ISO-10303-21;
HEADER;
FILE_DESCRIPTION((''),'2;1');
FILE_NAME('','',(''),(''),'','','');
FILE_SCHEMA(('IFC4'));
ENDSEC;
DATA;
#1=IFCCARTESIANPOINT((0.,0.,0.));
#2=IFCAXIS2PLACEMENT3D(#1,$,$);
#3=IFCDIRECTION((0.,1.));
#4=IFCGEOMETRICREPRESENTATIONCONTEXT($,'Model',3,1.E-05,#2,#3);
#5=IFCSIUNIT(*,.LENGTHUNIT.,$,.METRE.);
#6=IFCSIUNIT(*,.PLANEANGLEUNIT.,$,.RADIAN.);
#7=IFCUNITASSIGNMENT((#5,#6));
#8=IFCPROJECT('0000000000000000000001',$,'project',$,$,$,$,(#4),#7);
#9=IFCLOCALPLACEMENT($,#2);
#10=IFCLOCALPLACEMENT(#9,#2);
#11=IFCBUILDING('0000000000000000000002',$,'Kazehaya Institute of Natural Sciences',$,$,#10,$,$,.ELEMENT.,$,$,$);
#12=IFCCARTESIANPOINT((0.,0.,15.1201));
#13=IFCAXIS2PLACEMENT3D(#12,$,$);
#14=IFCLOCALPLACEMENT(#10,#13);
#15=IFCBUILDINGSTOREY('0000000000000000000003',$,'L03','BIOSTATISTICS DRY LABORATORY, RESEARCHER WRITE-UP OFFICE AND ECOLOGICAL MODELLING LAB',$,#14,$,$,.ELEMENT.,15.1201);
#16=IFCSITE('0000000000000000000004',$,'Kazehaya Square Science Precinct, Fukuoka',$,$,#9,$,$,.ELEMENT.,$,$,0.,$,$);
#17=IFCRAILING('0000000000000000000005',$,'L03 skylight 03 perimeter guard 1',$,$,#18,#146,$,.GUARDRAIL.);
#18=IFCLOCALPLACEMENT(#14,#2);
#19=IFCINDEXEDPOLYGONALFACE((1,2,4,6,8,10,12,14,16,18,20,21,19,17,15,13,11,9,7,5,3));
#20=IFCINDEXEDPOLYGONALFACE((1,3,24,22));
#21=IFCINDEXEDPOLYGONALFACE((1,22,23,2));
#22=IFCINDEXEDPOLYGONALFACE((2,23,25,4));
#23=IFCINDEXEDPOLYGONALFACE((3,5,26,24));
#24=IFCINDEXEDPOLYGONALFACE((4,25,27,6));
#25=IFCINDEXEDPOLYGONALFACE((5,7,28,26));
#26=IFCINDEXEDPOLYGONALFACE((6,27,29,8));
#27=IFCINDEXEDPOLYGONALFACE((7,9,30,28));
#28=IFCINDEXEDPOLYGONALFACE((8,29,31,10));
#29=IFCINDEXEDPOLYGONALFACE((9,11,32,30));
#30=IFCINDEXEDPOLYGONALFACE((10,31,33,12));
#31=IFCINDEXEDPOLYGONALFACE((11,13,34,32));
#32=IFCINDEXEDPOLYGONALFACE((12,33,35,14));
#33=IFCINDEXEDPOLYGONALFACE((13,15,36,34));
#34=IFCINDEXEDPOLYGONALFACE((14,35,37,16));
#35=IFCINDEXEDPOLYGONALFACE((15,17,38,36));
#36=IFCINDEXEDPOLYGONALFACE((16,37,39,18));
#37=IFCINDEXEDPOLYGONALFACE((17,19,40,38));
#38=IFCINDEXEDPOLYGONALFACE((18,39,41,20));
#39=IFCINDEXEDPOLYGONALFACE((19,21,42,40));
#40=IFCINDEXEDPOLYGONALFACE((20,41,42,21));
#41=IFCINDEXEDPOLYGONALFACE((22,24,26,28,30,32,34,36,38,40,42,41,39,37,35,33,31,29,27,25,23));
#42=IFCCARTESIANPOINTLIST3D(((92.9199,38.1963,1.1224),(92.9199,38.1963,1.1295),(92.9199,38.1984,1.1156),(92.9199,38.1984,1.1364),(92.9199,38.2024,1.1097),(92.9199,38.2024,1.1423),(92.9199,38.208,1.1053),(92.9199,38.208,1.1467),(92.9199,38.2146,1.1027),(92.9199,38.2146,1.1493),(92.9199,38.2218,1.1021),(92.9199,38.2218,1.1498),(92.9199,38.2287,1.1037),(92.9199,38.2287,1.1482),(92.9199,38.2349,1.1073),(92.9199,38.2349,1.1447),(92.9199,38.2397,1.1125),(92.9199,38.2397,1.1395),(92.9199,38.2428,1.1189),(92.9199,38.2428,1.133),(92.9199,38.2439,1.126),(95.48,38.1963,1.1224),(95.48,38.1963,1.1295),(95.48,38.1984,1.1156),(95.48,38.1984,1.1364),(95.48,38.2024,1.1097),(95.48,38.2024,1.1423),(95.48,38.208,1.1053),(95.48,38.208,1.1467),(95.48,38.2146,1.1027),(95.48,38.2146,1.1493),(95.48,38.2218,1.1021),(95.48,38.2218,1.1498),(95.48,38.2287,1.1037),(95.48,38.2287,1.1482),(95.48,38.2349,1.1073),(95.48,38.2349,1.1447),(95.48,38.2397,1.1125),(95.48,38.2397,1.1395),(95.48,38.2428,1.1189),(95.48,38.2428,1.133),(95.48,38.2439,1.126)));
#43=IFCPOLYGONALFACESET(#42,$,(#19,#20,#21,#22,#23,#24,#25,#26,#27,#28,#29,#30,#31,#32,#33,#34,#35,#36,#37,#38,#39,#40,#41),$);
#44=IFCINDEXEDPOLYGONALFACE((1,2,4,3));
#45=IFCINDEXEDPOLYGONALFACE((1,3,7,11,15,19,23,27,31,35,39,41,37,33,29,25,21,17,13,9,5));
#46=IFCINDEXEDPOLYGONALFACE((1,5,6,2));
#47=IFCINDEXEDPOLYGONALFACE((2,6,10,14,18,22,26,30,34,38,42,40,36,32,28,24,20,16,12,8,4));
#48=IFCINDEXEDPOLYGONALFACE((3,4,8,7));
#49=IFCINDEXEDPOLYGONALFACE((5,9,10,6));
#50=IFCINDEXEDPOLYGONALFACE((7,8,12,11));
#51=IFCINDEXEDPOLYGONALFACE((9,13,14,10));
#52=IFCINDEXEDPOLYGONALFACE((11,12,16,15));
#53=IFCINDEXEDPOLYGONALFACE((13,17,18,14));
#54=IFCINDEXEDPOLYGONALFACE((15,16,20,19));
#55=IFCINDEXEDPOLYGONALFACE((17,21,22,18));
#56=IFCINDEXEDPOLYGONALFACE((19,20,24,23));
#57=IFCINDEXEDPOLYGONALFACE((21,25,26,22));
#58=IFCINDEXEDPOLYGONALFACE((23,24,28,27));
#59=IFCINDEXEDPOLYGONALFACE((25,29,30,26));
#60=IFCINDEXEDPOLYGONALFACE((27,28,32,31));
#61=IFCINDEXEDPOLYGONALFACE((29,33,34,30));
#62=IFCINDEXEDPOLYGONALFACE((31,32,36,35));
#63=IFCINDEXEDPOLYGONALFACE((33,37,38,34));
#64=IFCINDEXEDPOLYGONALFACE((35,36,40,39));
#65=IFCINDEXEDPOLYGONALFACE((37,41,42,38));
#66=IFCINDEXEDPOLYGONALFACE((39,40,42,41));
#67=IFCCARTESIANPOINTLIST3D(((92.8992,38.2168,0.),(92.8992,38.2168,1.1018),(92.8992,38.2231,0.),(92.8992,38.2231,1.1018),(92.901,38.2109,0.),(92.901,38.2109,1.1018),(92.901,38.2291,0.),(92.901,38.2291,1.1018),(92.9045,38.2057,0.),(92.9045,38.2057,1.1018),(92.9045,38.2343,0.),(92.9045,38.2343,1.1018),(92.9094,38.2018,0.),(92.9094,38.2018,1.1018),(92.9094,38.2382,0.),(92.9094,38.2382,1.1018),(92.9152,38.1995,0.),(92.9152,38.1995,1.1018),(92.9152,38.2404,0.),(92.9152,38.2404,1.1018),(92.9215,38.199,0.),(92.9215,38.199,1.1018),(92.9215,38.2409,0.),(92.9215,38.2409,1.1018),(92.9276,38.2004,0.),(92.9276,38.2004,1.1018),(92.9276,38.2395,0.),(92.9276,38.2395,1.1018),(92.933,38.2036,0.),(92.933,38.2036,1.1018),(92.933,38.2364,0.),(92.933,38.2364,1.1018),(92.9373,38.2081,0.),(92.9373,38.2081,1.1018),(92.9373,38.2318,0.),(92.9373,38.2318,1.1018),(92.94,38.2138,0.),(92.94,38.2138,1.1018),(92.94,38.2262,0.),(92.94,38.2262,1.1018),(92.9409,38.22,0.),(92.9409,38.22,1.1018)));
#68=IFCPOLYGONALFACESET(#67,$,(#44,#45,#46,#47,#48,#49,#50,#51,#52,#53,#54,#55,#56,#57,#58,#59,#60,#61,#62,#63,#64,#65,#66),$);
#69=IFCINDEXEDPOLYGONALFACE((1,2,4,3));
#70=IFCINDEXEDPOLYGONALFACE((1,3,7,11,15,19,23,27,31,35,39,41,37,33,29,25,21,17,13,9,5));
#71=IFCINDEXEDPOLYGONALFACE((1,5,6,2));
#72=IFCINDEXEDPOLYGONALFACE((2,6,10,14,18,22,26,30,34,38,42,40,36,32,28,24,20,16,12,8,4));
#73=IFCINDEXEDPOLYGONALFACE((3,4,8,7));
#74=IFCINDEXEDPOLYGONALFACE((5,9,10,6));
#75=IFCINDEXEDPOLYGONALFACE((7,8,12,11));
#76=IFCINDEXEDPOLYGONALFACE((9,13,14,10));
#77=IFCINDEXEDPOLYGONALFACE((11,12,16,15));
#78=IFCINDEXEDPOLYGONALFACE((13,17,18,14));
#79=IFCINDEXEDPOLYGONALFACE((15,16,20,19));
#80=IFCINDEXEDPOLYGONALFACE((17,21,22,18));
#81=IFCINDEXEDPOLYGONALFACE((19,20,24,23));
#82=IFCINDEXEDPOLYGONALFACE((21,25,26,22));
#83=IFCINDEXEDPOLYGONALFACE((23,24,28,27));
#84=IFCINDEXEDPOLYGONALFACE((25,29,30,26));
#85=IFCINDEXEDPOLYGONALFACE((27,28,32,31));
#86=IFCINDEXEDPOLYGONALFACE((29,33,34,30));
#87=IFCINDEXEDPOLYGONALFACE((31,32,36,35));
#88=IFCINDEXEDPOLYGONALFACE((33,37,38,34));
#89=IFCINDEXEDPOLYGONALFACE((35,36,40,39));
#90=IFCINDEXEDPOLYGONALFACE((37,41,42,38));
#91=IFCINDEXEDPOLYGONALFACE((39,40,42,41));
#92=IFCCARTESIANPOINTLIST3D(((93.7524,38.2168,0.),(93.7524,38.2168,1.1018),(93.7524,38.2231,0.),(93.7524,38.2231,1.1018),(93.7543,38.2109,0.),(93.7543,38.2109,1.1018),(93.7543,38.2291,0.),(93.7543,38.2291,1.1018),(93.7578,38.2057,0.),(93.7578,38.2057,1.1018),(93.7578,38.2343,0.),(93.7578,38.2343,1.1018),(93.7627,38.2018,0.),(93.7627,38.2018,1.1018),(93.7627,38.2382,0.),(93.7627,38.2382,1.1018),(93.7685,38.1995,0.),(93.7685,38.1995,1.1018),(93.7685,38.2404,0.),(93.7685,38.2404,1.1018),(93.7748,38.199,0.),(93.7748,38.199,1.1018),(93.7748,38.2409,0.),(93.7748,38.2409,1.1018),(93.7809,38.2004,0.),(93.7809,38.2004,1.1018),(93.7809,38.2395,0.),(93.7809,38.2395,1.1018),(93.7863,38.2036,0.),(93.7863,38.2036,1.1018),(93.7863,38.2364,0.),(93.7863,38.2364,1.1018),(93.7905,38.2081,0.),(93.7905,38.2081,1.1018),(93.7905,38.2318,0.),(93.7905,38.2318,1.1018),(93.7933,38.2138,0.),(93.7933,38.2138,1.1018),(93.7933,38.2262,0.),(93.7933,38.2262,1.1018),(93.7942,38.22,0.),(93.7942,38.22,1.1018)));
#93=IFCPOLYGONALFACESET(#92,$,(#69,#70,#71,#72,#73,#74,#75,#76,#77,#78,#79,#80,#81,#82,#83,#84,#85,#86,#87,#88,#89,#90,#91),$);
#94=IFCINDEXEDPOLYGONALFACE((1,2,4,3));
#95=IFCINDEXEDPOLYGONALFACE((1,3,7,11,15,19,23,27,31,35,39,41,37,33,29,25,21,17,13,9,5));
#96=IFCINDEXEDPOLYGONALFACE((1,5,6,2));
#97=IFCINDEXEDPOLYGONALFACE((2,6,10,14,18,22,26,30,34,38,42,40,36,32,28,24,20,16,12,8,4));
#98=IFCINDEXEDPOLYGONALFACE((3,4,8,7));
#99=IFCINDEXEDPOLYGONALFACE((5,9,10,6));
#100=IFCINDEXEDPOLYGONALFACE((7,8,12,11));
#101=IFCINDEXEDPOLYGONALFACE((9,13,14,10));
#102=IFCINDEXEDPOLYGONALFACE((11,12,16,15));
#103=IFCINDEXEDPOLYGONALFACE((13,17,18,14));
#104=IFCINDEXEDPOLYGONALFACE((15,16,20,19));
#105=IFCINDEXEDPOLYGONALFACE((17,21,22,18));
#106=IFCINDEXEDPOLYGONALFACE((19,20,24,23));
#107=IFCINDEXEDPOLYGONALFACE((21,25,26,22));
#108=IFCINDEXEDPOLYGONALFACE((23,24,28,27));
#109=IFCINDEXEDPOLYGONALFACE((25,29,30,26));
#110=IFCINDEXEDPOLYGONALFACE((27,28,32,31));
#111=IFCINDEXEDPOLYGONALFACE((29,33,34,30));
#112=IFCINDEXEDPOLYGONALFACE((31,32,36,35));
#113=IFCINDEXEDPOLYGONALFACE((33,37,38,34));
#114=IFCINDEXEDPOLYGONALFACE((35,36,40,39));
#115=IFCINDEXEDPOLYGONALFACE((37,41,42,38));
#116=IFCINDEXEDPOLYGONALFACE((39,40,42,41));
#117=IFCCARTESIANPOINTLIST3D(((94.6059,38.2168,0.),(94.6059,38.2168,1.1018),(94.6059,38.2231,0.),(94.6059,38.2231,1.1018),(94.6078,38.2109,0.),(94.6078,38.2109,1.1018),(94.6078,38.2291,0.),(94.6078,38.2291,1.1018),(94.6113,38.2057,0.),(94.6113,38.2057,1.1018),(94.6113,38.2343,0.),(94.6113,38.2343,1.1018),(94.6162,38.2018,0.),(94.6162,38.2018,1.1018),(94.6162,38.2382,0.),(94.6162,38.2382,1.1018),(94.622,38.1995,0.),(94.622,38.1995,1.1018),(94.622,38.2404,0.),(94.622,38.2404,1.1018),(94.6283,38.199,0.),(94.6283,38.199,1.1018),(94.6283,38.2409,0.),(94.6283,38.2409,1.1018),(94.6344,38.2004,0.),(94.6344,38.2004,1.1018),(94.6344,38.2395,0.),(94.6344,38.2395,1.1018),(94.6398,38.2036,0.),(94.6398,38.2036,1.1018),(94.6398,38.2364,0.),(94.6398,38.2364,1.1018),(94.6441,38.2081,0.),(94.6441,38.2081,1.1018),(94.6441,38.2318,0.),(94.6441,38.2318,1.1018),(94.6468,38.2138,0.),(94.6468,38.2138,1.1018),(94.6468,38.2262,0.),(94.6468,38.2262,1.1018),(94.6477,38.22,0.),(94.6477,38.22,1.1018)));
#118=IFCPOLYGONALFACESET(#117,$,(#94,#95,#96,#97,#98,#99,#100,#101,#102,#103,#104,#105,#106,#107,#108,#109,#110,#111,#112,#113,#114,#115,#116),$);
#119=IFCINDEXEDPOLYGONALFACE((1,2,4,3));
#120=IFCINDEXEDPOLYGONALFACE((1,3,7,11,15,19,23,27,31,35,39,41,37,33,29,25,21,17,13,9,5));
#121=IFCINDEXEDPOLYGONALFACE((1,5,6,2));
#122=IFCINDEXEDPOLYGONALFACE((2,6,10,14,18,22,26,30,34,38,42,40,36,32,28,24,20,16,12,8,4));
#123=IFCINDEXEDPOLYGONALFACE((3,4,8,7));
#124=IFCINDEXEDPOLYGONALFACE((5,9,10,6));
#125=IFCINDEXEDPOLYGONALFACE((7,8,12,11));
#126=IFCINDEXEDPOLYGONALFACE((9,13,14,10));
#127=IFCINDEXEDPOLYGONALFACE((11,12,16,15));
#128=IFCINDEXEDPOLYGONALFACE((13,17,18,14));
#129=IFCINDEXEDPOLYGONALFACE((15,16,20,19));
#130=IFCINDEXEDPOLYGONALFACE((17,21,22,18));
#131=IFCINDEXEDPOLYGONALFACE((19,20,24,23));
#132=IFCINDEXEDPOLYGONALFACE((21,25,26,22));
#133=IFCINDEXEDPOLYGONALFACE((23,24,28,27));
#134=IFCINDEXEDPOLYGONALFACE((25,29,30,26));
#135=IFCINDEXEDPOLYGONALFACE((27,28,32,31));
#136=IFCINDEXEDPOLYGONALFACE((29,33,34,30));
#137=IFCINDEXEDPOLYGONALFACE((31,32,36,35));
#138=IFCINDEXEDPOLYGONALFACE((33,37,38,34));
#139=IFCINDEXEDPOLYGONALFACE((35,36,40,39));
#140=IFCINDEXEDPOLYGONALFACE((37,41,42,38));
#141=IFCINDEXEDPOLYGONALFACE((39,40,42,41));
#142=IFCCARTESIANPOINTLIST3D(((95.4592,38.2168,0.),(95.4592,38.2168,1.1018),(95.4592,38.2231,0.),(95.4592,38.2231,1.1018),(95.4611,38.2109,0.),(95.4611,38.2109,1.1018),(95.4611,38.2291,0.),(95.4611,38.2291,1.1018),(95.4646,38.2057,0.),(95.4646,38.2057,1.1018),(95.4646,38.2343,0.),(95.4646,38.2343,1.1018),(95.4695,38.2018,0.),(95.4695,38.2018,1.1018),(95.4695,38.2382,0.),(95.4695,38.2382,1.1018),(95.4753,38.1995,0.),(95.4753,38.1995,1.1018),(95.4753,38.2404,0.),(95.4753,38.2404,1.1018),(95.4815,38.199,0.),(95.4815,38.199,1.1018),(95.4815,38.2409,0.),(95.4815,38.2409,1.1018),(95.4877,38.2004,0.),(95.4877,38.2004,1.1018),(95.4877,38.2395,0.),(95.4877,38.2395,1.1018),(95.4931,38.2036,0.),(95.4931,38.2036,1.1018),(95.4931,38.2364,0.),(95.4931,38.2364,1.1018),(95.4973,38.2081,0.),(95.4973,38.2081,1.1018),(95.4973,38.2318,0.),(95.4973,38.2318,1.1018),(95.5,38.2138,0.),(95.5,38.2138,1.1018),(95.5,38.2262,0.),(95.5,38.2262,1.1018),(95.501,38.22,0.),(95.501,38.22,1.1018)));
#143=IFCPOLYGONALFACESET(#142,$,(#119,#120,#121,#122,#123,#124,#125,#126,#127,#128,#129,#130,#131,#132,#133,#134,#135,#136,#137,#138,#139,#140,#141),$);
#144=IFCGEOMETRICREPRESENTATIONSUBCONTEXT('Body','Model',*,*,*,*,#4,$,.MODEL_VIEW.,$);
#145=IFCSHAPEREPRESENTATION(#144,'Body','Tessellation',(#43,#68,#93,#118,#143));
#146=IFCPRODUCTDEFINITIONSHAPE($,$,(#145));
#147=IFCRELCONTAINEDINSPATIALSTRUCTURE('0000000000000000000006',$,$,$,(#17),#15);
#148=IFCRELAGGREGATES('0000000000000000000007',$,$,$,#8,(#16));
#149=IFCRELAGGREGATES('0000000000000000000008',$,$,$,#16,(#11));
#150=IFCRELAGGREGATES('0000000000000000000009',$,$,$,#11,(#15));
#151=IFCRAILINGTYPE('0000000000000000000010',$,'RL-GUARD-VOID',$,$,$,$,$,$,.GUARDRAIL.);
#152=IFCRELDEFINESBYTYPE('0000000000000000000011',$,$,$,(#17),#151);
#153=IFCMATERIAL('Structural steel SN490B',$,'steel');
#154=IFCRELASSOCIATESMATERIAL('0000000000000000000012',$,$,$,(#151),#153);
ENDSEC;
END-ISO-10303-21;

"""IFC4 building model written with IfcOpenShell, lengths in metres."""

from ifc_helpers import new_model, si_unit, direction, frame, origin, origin_2d, place, context, subcontext, project, spatial, circle, extrude, material, type_object, element, save


model = new_model("IFC4")

# Units and contexts
model_context = context("Model", 3, precision=1e-05, world=origin(), true_north=direction((0.0, 1.0)))
body_context = subcontext(model_context, "Body", "Model", "MODEL_VIEW")
ifc_project = project(units=[si_unit("LENGTHUNIT", "METRE"), si_unit("PLANEANGLEUNIT", "RADIAN")], contexts=[model_context])

# Site, building, storey
site_placement = place(None, origin())
site = spatial("IfcSite", under=ifc_project, at=site_placement, Name="Kazehaya Square Science Precinct, Fukuoka", CompositionType="ELEMENT", RefElevation=0.0)
building_placement = place(site_placement, origin())
building = spatial("IfcBuilding", under=site, at=building_placement, Name="Kazehaya Institute of Natural Sciences", CompositionType="ELEMENT")
storey_placement = place(building_placement, frame((0.0, 0.0, 15.1201)))
storey = spatial("IfcBuildingStorey", under=building, at=storey_placement, Name="L03", Description="BIOSTATISTICS DRY LABORATORY, RESEARCHER WRITE-UP OFFICE AND ECOLOGICAL MODELLING LAB", CompositionType="ELEMENT", Elevation=15.1201)

# Railing
ifc_material_1 = material(Name="Structural steel SN490B", Category="steel")
railing_type = type_object("IfcRailingType", Name="RL-GUARD-VOID", PredefinedType="GUARDRAIL", material=ifc_material_1)
railing_1_placement = place(storey_placement, frame((92.9199, 38.22, 0.0)))
element("IfcRailing", 1, at=railing_1_placement, inside=storey, type_object=railing_type, Name="L03 skylight 03 perimeter guard 1", PredefinedType="GUARDRAIL", context=body_context, shape_type="SweptSolid", body=[
    extrude(circle(Radius=0.0239, at=origin_2d()), frame((0.0, 0.0, 1.126), z_axis=(1.0, 0.0, 0.0), x_axis=(0.0, 1.0, 0.0)), (0.0, 0.0, 1.0), 2.5601),
    extrude(circle(Radius=0.021, at=origin_2d()), origin(), (0.0, 0.0, 1.0), 1.1018),
    extrude(circle(Radius=0.021, at=origin_2d()), frame((0.8533, 0.0, 0.0)), (0.0, 0.0, 1.0), 1.1018),
    extrude(circle(Radius=0.021, at=origin_2d()), frame((1.7068, 0.0, 0.0)), (0.0, 0.0, 1.0), 1.1018),
    extrude(circle(Radius=0.021, at=origin_2d()), frame((2.5601, 0.0, 0.0)), (0.0, 0.0, 1.0), 1.1018),
])

save(model, "model.ifc")
